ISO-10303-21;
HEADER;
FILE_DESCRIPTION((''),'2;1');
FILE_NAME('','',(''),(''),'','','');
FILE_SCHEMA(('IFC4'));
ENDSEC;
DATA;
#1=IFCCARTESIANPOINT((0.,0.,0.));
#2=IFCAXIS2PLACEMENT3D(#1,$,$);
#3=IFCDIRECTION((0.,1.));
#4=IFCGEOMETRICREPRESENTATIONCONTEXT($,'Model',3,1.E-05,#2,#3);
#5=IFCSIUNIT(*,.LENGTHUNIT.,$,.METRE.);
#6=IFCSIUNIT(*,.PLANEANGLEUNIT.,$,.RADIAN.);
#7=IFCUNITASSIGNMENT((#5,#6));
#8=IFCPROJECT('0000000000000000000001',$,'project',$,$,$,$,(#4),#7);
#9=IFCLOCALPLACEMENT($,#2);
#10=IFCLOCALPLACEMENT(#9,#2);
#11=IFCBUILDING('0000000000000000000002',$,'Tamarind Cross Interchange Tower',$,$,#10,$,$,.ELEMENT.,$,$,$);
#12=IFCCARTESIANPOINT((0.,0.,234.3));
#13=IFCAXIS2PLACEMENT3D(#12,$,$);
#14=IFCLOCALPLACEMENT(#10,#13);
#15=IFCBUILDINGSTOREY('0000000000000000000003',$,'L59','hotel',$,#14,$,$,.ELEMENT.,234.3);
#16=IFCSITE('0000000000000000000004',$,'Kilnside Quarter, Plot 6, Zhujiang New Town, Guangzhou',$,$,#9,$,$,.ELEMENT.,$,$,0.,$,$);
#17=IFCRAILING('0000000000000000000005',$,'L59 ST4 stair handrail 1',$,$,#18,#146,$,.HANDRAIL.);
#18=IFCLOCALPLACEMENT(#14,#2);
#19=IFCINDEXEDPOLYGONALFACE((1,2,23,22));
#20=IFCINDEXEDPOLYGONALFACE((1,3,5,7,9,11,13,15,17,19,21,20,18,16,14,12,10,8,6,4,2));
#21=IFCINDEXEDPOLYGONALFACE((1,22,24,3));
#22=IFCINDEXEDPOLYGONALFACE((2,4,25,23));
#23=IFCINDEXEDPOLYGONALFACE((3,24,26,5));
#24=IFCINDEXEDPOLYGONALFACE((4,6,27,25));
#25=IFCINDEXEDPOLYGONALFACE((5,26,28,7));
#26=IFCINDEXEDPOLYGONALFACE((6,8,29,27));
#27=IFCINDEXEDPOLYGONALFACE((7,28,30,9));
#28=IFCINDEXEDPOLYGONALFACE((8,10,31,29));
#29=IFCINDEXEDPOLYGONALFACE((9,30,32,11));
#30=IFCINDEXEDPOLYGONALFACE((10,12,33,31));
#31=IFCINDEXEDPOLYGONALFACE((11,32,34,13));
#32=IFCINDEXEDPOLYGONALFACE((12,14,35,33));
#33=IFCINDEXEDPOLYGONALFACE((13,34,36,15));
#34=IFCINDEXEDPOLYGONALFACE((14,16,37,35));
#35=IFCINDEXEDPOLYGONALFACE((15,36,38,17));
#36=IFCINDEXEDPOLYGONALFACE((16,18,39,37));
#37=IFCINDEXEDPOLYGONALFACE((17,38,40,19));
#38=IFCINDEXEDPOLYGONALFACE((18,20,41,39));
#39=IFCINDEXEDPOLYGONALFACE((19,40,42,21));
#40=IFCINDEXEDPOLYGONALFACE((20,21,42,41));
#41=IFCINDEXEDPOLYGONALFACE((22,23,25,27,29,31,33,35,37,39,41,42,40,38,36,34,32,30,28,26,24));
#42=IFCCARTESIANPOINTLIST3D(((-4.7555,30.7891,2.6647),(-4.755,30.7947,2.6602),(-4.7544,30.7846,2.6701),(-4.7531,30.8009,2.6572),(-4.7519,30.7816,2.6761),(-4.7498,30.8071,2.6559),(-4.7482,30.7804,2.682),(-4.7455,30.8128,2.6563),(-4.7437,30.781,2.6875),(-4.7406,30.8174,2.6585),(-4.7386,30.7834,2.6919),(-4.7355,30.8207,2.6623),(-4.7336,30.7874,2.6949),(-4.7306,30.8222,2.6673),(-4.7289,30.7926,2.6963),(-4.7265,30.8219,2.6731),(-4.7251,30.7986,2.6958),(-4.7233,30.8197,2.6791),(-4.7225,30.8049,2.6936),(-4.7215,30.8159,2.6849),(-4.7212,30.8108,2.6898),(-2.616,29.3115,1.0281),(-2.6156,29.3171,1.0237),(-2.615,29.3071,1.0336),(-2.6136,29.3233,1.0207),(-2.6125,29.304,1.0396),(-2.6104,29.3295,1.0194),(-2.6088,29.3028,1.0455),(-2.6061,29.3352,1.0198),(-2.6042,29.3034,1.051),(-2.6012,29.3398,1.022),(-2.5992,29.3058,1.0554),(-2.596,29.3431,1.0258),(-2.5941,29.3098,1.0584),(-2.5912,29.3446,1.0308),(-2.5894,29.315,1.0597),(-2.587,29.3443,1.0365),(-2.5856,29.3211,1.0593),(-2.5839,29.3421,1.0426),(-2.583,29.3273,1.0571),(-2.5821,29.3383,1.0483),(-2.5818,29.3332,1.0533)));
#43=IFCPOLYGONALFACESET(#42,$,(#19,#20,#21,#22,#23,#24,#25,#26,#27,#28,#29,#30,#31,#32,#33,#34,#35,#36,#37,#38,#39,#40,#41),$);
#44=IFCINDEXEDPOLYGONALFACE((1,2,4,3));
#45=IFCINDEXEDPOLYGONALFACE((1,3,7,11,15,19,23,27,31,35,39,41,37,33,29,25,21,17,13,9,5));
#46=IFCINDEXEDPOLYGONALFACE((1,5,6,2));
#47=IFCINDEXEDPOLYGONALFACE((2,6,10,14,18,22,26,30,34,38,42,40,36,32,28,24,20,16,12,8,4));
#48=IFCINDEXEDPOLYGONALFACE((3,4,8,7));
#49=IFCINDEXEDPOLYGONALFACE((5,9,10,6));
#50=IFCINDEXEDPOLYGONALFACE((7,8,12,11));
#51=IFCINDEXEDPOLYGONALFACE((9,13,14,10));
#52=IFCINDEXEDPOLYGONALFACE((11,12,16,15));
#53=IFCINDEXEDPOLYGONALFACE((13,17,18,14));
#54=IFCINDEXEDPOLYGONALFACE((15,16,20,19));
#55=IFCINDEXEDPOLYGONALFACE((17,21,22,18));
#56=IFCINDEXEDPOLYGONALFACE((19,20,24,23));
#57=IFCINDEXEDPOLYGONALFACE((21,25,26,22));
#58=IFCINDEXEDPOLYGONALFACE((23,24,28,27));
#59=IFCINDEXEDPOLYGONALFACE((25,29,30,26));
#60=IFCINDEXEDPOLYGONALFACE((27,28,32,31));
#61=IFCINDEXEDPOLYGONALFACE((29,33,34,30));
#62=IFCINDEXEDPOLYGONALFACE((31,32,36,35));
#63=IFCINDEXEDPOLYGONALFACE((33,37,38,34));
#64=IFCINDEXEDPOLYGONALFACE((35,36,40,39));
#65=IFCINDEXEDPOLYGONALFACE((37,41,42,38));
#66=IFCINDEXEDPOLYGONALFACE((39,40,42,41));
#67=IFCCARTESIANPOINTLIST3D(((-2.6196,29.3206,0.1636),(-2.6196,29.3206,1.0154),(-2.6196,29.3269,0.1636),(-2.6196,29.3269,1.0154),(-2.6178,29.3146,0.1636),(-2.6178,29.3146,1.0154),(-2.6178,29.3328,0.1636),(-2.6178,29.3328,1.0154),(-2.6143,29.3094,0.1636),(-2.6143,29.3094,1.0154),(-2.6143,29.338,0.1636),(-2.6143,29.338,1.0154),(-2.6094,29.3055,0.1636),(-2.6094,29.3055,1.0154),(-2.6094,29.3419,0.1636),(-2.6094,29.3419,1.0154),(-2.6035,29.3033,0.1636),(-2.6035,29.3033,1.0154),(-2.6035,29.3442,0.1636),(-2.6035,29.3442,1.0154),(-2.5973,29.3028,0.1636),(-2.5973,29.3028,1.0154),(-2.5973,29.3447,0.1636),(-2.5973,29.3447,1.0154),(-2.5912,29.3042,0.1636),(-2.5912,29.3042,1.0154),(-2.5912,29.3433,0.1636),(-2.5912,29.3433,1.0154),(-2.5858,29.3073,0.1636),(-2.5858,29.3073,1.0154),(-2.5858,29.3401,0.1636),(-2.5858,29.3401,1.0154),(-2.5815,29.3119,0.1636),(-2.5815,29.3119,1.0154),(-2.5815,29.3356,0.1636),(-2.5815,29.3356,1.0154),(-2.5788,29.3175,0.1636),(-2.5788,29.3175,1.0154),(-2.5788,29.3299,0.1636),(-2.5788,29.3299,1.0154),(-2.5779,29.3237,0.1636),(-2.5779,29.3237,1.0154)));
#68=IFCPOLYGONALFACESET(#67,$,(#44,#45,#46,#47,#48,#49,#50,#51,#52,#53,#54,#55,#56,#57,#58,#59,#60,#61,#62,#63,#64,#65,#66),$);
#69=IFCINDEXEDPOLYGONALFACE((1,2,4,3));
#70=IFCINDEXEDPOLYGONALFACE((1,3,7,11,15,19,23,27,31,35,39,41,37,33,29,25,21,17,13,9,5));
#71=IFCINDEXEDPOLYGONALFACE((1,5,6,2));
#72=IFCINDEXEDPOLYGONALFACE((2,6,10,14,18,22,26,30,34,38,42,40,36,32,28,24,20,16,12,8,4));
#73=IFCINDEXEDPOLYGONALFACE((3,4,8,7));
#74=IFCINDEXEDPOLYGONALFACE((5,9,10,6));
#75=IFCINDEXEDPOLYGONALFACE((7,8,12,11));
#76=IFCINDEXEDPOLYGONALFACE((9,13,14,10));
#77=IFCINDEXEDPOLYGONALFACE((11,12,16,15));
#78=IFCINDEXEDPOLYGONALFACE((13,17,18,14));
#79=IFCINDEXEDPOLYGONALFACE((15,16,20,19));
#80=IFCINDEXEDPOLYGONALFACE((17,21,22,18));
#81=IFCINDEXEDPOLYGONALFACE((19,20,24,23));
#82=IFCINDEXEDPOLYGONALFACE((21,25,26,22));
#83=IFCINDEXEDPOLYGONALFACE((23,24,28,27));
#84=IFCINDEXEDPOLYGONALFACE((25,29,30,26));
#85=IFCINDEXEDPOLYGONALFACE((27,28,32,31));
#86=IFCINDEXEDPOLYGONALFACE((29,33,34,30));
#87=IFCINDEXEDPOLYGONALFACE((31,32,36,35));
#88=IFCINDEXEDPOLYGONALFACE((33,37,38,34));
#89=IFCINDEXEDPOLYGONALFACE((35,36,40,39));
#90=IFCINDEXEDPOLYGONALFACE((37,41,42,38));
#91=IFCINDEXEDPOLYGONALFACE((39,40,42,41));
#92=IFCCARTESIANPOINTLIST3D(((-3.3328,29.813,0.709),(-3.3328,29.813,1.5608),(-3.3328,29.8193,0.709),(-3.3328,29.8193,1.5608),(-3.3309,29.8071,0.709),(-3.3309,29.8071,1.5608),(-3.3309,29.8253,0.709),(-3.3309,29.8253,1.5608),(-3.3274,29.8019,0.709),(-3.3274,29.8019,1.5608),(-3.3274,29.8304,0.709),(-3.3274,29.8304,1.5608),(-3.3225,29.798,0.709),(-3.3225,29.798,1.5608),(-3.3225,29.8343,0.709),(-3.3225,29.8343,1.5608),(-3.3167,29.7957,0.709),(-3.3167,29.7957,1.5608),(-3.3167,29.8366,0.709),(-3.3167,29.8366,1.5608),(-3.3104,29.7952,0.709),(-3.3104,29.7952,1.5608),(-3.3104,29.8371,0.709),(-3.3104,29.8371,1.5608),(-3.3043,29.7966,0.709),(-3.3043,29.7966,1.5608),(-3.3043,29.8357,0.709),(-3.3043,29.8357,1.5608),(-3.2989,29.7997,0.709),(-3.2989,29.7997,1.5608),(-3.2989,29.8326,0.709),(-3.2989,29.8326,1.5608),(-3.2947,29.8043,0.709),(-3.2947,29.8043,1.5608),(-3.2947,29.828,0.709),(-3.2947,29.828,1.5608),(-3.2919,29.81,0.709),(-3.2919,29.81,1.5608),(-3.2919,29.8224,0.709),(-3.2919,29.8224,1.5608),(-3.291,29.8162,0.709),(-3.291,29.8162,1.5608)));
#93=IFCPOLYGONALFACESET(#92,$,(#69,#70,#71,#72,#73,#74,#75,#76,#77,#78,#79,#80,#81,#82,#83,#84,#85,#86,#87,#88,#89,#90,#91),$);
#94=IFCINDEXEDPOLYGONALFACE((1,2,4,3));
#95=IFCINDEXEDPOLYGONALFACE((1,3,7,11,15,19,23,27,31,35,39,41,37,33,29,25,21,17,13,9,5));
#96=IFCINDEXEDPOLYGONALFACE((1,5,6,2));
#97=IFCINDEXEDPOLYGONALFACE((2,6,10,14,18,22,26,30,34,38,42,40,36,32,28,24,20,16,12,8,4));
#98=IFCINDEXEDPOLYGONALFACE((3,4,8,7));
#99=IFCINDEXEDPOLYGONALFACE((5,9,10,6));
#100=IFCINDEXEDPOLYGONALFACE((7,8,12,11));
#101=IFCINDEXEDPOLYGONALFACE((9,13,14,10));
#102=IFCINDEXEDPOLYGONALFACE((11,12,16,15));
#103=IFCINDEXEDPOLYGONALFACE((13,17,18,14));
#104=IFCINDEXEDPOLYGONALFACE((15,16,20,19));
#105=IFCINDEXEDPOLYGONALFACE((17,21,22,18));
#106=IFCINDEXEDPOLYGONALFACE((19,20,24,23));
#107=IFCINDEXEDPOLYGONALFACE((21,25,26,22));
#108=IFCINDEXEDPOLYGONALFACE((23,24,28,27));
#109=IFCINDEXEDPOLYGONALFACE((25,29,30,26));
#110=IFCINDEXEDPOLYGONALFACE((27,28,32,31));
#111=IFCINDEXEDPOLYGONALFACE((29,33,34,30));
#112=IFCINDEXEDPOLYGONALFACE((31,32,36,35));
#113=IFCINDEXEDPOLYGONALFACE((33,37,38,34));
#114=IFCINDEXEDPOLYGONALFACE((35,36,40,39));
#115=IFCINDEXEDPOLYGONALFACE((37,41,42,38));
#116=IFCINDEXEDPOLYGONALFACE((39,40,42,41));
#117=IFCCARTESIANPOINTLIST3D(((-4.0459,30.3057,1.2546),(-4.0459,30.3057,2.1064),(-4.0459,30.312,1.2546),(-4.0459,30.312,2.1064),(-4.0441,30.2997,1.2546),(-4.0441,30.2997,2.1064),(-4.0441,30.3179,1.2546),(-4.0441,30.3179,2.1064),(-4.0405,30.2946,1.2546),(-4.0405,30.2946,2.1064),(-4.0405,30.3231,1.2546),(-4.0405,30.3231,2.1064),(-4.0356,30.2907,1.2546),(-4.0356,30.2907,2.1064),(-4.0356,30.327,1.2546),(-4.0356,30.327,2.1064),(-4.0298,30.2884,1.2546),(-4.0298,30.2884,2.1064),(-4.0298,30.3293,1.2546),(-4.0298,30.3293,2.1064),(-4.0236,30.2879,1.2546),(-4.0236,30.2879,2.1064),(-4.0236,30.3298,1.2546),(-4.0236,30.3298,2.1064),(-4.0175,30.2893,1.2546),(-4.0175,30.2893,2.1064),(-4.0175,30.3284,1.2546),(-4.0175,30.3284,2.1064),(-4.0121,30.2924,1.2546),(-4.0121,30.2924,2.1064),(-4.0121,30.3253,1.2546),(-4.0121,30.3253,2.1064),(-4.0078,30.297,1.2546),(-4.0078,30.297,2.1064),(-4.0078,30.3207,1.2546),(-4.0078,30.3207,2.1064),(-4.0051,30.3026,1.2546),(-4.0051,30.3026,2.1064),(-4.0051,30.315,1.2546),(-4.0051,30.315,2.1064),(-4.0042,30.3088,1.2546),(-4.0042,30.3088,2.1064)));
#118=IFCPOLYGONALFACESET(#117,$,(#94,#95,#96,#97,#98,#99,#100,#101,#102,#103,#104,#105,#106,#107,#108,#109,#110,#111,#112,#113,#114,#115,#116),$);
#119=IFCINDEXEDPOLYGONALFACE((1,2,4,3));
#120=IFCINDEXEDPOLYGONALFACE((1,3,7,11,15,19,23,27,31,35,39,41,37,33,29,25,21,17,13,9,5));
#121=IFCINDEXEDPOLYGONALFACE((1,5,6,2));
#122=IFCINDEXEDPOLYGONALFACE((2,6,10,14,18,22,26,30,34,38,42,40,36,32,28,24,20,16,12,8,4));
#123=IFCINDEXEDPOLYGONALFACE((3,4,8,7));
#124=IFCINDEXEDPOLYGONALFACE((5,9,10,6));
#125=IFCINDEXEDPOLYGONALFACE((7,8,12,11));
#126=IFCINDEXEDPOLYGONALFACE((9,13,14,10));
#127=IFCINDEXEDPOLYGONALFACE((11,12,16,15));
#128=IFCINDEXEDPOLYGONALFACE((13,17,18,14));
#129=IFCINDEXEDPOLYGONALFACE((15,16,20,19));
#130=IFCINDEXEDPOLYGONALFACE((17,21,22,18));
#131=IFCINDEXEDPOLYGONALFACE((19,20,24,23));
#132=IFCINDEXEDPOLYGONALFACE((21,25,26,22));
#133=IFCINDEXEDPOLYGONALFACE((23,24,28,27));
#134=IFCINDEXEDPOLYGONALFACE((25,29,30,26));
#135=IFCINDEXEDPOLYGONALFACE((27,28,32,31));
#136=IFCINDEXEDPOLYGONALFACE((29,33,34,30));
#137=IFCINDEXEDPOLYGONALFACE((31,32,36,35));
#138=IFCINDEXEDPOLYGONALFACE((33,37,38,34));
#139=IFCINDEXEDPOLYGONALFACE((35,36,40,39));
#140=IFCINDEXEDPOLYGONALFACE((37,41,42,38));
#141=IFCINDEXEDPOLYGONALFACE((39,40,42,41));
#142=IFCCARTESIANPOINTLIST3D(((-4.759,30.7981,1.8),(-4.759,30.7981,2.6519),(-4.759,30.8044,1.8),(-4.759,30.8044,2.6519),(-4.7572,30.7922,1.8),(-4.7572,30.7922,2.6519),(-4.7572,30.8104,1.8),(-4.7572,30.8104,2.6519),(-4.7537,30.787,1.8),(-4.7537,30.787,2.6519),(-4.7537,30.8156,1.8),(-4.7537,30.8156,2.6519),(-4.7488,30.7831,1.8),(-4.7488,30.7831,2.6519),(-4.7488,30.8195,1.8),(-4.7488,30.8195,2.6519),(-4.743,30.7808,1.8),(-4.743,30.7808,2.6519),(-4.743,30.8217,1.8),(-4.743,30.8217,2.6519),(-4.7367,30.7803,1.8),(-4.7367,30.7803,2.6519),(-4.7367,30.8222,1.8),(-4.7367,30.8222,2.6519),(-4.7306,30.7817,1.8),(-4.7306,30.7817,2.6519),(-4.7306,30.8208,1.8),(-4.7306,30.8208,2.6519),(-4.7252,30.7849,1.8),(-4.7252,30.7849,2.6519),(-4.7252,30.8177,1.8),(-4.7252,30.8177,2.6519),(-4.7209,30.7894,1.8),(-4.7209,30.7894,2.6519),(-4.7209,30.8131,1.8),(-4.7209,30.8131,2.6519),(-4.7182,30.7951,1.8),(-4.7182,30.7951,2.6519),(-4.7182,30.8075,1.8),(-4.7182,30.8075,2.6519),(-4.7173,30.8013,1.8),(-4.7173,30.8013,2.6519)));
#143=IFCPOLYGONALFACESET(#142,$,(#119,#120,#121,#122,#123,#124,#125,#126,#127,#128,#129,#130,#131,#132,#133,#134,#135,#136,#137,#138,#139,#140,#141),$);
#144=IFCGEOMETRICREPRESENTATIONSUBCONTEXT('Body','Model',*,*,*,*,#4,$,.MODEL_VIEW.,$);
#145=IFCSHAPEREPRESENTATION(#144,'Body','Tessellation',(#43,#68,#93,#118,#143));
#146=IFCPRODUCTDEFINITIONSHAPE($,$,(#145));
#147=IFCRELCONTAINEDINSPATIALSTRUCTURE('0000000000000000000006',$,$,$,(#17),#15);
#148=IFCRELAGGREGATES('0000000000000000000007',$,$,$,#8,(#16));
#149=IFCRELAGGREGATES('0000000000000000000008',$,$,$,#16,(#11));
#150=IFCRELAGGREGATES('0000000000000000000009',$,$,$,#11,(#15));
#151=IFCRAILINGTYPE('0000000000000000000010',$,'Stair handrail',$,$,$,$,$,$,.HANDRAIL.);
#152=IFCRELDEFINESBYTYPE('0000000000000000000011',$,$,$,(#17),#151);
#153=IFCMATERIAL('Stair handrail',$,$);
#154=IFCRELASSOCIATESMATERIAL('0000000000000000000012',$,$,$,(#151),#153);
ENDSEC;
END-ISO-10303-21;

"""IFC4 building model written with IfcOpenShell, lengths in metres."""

from ifc_helpers import new_model, si_unit, direction, frame, origin, origin_2d, place, context, subcontext, project, spatial, circle, extrude, material, type_object, element, save


model = new_model("IFC4")

# Units and contexts
model_context = context("Model", 3, precision=1e-05, world=origin(), true_north=direction((0.0, 1.0)))
body_context = subcontext(model_context, "Body", "Model", "MODEL_VIEW")
ifc_project = project(units=[si_unit("LENGTHUNIT", "METRE"), si_unit("PLANEANGLEUNIT", "RADIAN")], contexts=[model_context])

# Site, building, storey
site_placement = place(None, origin())
site = spatial("IfcSite", under=ifc_project, at=site_placement, Name="Kilnside Quarter, Plot 6, Zhujiang New Town, Guangzhou", CompositionType="ELEMENT", RefElevation=0.0)
building_placement = place(site_placement, origin())
building = spatial("IfcBuilding", under=site, at=building_placement, Name="Tamarind Cross Interchange Tower", CompositionType="ELEMENT")
storey_placement = place(building_placement, frame((0.0, 0.0, 234.3)))
storey = spatial("IfcBuildingStorey", under=building, at=storey_placement, Name="L59", Description="hotel", CompositionType="ELEMENT", Elevation=234.3)

# Railing
ifc_material_1 = material(Name="Stair handrail")
railing_type_1 = type_object("IfcRailingType", Name="Stair handrail", PredefinedType="HANDRAIL", material=ifc_material_1)
railing_1_placement = place(storey_placement, frame((-2.5989, 29.3237, 0.1636)))
element("IfcRailing", 1, at=railing_1_placement, inside=storey, type_object=railing_type_1, Name="L59 ST4 stair handrail 1", PredefinedType="HANDRAIL", context=body_context, shape_type="SweptSolid", body=[
    extrude(circle(Radius=0.0239, at=origin_2d()), frame((0.0, 0.0, 0.876), z_axis=(-0.696382, 0.480943, 0.532677), x_axis=(-0.568277, -0.822837, 0.0)), (0.0, 0.0, 1.0), 3.0723),
    extrude(circle(Radius=0.021, at=origin_2d()), origin(), (0.0, 0.0, 1.0), 0.8518),
    extrude(circle(Radius=0.021, at=origin_2d()), frame((-0.7131, 0.4924, 0.5454)), (0.0, 0.0, 1.0), 0.8518),
    extrude(circle(Radius=0.021, at=origin_2d()), frame((-1.4263, 0.9851, 1.0911)), (0.0, 0.0, 1.0), 0.8518),
    extrude(circle(Radius=0.021, at=origin_2d()), frame((-2.1394, 1.4775, 1.6365)), (0.0, 0.0, 1.0), 0.8518),
])

save(model, "model.ifc")
